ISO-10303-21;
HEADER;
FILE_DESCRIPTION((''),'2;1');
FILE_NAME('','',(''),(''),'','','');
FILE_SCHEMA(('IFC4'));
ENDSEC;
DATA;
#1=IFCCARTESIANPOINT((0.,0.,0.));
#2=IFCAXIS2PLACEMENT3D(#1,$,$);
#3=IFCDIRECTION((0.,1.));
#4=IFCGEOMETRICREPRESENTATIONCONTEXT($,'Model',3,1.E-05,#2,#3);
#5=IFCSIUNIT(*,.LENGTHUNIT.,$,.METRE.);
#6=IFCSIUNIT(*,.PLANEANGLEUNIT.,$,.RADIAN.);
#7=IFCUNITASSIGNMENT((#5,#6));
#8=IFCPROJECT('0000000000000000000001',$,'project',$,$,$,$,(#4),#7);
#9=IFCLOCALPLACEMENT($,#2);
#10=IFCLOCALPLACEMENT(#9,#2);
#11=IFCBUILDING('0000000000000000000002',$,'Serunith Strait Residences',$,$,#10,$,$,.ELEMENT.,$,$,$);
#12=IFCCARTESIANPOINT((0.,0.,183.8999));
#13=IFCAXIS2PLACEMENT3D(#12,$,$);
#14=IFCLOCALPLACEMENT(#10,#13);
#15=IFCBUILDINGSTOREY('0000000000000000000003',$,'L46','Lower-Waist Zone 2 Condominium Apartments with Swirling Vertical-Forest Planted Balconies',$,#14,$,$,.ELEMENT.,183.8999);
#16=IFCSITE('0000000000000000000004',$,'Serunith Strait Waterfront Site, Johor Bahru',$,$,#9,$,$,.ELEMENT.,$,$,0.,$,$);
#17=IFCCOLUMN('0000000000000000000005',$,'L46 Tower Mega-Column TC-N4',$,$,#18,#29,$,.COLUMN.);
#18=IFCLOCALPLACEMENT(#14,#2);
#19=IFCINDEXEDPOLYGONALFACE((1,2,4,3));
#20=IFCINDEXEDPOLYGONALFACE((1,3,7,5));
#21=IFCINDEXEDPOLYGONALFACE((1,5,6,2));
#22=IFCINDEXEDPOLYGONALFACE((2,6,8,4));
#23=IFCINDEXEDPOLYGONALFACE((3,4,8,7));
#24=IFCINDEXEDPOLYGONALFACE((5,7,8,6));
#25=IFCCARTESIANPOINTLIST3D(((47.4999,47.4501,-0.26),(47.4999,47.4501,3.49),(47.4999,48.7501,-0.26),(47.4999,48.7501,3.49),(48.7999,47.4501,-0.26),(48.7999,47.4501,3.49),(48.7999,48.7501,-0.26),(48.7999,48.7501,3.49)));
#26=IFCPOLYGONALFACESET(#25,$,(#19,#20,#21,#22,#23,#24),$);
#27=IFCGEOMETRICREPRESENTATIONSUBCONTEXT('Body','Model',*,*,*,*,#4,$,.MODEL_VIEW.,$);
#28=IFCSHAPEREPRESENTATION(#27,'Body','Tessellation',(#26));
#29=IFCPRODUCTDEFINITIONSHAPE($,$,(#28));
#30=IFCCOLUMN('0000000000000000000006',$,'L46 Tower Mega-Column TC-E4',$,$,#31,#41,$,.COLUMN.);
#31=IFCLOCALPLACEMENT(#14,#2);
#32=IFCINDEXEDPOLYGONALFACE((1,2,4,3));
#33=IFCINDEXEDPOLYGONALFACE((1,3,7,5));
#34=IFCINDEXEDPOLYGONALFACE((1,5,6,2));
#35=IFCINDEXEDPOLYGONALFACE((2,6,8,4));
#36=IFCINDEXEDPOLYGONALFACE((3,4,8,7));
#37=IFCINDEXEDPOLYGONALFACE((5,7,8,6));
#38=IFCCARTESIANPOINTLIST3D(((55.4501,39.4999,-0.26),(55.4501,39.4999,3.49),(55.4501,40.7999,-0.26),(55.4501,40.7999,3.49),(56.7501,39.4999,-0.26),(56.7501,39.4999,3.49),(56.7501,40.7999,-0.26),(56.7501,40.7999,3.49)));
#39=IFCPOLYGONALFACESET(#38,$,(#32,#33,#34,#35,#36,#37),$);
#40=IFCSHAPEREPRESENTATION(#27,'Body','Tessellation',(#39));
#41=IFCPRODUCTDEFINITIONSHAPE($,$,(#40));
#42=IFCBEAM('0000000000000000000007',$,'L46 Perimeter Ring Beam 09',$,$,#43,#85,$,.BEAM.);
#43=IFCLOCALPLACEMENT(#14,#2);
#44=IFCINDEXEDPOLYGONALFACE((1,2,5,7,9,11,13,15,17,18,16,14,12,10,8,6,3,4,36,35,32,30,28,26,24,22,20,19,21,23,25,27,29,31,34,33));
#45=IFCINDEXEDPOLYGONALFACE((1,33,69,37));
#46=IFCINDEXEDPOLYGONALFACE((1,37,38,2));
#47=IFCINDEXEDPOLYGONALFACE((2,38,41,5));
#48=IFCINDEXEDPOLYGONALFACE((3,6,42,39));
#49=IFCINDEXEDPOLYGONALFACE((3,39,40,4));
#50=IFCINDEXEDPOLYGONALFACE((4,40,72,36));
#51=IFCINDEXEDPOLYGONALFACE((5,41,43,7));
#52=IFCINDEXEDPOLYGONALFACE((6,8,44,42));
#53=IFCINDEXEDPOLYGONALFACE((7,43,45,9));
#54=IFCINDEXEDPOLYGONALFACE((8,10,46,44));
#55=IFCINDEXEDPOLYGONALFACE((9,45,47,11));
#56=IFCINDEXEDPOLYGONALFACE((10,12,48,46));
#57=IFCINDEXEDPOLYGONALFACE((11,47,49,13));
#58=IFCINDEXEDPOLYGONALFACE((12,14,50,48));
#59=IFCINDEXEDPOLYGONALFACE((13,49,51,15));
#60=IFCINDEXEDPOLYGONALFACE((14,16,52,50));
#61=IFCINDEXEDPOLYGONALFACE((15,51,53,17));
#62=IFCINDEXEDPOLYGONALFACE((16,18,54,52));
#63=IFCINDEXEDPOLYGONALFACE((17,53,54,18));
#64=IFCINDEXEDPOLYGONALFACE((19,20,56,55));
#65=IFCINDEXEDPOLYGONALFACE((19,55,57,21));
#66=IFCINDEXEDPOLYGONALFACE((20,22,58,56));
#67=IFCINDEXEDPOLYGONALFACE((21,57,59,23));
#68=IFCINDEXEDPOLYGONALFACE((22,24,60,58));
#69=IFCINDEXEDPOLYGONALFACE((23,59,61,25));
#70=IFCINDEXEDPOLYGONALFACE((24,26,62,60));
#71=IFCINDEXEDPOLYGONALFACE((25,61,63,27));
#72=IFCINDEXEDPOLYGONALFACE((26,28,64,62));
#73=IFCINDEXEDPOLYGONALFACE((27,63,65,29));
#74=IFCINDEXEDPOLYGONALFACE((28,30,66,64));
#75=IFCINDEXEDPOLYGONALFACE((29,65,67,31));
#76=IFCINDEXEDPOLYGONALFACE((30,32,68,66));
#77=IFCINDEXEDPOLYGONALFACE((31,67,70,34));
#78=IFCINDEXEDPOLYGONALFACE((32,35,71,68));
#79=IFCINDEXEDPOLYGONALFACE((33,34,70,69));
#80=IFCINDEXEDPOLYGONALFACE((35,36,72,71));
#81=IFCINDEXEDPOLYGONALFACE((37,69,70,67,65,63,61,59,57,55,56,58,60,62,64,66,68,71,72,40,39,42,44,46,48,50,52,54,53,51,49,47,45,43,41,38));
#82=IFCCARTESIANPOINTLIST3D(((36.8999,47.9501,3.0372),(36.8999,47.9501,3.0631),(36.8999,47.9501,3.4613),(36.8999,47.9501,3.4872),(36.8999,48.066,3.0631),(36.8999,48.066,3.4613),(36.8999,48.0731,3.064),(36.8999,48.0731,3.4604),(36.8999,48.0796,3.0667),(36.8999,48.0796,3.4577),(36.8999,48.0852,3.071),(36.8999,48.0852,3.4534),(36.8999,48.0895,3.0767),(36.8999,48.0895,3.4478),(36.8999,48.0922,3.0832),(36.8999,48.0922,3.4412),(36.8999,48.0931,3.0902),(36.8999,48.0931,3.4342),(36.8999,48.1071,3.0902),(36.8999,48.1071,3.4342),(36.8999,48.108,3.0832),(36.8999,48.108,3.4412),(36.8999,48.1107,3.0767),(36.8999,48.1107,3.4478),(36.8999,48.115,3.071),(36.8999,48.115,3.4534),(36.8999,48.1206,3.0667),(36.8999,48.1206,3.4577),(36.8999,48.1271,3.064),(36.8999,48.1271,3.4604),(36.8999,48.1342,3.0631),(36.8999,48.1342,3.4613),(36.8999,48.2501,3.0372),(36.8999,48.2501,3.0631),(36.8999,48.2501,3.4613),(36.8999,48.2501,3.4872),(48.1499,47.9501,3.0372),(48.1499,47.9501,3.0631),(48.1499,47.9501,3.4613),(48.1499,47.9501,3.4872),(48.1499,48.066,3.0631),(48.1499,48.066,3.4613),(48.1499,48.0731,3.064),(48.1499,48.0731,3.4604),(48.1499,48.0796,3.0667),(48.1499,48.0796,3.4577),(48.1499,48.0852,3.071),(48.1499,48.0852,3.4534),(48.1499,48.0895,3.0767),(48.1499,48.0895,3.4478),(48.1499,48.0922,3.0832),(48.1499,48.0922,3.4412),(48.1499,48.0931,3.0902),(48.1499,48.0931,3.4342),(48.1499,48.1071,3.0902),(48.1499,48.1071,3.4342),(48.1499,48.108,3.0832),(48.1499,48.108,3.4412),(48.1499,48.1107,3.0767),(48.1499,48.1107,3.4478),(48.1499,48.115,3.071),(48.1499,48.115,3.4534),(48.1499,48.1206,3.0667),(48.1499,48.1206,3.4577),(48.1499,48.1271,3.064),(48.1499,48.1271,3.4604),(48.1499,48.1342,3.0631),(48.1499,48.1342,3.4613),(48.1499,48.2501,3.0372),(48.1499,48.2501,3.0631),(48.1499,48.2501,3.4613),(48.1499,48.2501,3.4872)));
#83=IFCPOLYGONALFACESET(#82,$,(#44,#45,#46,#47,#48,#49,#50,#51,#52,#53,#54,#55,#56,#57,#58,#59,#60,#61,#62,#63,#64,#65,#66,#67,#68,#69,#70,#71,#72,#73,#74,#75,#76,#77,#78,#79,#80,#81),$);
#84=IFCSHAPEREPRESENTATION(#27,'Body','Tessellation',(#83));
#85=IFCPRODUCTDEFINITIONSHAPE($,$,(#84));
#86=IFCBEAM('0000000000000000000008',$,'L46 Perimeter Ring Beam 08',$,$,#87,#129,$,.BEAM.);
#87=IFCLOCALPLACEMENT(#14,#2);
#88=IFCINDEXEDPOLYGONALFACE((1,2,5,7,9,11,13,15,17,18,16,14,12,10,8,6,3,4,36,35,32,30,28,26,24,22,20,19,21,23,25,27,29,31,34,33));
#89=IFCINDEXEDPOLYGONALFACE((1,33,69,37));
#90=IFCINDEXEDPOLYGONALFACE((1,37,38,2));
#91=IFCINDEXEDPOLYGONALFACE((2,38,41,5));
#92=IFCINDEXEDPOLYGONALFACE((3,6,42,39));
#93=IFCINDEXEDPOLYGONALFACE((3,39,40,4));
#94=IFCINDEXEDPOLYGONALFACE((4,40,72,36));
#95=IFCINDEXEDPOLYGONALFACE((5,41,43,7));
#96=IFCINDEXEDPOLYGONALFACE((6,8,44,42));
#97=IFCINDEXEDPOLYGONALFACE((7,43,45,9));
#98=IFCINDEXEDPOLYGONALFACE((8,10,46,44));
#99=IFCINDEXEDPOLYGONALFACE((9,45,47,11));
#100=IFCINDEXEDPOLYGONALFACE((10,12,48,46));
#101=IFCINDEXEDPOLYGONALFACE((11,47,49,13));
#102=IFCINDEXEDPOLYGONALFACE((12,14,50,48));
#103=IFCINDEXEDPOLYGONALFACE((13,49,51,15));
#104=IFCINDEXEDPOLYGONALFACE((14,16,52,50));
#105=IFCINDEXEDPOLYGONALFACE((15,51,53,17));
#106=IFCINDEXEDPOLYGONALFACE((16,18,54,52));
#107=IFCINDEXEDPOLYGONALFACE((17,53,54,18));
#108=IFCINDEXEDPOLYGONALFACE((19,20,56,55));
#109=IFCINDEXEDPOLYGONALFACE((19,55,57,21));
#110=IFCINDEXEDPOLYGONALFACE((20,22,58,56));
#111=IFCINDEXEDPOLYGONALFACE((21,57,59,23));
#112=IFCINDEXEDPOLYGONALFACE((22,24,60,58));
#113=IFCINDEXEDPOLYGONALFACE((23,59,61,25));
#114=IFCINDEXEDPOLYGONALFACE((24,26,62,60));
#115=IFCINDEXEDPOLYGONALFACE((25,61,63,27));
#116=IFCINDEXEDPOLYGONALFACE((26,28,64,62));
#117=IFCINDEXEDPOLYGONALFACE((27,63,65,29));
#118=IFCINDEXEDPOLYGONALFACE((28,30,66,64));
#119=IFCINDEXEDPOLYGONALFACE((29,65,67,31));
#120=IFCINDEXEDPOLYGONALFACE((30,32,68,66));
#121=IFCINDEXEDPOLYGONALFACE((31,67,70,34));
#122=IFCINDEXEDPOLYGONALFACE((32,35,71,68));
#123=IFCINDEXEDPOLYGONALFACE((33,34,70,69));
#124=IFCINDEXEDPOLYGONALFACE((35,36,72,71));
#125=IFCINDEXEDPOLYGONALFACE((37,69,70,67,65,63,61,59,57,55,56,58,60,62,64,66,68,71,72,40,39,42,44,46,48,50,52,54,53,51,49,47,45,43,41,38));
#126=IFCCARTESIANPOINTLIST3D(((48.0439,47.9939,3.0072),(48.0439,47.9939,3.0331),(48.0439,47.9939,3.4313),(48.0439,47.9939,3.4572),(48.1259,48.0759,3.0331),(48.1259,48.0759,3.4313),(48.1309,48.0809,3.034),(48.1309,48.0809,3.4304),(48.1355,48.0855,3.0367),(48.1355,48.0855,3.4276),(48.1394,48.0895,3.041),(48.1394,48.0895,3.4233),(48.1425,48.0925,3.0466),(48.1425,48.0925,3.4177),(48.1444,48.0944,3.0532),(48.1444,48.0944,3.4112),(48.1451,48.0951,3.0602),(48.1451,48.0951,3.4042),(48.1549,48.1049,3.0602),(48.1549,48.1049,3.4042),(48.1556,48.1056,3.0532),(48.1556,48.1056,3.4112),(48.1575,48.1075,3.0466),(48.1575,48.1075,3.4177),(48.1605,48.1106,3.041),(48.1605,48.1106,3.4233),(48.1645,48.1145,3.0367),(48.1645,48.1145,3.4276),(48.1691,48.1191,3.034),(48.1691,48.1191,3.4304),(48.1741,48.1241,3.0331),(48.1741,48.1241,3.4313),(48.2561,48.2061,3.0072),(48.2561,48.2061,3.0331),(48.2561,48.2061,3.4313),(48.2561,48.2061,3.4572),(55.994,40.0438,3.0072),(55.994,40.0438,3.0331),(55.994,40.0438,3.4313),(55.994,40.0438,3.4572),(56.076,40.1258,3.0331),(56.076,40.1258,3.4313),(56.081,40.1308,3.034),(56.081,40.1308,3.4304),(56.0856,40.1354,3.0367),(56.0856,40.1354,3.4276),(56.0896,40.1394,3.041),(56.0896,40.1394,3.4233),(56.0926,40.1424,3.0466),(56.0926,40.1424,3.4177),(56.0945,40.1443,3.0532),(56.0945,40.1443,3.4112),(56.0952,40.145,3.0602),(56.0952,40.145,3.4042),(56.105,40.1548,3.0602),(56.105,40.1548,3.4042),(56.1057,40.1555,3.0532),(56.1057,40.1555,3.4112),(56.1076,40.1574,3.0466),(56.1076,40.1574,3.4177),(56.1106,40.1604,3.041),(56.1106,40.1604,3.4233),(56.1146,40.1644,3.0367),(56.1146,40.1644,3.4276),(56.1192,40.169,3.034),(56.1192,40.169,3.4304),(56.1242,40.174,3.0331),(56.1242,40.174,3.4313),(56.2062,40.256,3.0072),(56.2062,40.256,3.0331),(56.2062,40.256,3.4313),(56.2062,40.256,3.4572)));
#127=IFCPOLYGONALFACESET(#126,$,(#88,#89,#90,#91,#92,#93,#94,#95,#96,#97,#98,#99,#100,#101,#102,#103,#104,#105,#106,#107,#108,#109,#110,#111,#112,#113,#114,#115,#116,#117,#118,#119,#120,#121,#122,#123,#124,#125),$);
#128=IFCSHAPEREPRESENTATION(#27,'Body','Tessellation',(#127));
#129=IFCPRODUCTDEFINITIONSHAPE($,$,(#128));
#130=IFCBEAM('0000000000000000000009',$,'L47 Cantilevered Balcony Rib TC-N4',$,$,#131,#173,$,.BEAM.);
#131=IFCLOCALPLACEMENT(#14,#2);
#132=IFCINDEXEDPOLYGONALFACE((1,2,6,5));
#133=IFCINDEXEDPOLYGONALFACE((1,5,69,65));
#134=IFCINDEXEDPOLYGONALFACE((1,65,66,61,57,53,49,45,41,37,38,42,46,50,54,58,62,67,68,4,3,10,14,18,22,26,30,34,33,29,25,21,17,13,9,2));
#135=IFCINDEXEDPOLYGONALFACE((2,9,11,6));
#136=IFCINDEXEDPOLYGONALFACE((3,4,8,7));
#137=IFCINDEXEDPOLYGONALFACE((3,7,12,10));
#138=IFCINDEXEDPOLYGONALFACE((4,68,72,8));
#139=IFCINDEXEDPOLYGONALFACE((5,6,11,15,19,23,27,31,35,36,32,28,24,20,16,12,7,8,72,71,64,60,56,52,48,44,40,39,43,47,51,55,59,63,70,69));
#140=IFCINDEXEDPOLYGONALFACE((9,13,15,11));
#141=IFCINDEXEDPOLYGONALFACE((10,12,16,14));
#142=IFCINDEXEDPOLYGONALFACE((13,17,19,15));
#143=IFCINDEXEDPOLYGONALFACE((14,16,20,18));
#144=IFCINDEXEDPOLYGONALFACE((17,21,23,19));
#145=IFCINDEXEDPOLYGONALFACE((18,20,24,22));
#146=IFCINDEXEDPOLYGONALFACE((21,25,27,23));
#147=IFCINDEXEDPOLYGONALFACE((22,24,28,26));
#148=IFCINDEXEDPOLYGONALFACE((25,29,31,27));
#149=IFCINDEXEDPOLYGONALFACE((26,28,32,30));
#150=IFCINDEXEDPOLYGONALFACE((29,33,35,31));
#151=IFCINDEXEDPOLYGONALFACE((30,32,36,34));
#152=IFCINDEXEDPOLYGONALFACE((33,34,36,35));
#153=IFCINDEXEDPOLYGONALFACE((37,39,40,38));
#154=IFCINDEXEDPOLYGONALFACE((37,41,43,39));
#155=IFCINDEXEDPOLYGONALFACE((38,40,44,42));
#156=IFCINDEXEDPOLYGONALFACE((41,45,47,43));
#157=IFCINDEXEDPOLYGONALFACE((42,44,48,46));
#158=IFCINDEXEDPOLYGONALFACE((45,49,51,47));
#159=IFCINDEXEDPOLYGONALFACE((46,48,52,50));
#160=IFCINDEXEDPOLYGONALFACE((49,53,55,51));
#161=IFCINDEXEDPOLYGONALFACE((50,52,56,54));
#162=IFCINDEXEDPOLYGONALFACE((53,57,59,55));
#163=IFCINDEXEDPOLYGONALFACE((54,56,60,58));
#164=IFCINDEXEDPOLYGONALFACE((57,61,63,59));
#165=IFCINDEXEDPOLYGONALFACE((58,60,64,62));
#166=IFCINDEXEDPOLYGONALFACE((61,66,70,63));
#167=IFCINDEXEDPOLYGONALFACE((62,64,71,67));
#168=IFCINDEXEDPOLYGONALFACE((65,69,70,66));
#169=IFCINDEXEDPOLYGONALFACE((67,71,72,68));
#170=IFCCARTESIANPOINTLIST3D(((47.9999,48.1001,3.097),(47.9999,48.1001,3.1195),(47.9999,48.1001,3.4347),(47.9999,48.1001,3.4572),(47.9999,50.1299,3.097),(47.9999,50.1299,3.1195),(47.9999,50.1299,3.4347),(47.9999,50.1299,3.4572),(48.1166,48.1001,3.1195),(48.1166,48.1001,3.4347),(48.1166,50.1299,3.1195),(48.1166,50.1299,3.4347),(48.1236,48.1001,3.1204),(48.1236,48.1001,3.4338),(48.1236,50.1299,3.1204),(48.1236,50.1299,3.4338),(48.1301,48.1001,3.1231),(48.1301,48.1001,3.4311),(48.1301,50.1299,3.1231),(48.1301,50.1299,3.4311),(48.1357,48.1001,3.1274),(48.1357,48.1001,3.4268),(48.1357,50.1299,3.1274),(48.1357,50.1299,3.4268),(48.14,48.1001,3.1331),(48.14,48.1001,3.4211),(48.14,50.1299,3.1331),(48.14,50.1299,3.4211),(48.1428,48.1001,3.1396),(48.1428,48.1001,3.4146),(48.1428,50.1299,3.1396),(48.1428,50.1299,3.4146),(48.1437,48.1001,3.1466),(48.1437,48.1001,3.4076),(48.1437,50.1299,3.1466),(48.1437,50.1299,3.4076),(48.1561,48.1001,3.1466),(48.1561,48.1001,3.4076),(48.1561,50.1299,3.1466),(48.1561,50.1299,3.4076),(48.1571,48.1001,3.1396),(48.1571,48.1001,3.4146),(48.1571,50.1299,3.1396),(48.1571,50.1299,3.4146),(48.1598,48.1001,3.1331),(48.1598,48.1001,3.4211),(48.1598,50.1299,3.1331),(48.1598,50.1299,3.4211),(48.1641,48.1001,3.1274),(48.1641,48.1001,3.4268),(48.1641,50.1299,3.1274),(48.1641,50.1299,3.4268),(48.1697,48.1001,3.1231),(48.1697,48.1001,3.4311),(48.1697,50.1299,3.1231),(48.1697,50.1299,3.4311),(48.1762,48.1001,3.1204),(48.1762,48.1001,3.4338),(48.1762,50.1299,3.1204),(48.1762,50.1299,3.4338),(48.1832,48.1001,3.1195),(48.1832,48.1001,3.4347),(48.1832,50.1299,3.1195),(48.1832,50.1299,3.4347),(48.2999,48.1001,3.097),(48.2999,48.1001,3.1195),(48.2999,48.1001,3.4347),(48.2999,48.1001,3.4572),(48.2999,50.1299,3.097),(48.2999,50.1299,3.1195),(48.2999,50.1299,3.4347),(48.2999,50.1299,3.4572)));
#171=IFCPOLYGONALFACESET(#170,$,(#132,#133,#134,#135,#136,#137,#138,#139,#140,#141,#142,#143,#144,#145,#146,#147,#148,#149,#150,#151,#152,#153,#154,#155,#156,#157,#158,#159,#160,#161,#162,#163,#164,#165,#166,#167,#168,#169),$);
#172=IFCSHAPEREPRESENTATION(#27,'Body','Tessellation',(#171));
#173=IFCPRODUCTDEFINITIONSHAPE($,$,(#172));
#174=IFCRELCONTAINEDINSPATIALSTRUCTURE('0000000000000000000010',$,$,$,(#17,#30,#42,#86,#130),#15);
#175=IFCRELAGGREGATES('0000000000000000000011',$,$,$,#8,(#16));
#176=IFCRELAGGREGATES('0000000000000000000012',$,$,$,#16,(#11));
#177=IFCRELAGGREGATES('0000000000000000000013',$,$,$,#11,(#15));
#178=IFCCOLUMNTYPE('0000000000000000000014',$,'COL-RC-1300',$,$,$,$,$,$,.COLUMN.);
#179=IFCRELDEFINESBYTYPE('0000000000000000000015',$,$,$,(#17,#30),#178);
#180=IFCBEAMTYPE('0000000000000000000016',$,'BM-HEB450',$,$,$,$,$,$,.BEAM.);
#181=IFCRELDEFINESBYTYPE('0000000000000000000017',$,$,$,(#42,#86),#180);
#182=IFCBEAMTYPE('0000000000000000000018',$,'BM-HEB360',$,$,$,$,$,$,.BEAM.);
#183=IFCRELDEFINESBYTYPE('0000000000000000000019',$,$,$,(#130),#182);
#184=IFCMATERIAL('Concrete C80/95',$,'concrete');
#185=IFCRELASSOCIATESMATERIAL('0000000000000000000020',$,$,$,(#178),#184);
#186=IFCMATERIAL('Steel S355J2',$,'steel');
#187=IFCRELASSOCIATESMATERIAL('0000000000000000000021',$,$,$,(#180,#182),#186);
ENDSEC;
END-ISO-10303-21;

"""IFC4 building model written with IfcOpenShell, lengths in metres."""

from ifc_helpers import new_model, si_unit, direction, frame, origin, origin_2d, place, context, subcontext, project, spatial, rectangle, i_section, extrude, source, transform, mapped, material, material_profile, profile_set, type_object, element, save


model = new_model("IFC4")

# Units and contexts
model_context = context("Model", 3, precision=1e-05, world=origin(), true_north=direction((0.0, 1.0)))
body_context = subcontext(model_context, "Body", "Model", "MODEL_VIEW")
ifc_project = project(units=[si_unit("LENGTHUNIT", "METRE"), si_unit("PLANEANGLEUNIT", "RADIAN")], contexts=[model_context])

# Site, building, storey
site_placement = place(None, origin())
site = spatial("IfcSite", under=ifc_project, at=site_placement, Name="Serunith Strait Waterfront Site, Johor Bahru", CompositionType="ELEMENT", RefElevation=0.0)
building_placement = place(site_placement, origin())
building = spatial("IfcBuilding", under=site, at=building_placement, Name="Serunith Strait Residences", CompositionType="ELEMENT")
storey_placement = place(building_placement, frame((0.0, 0.0, 183.8999)))
storey = spatial("IfcBuildingStorey", under=building, at=storey_placement, Name="L46", Description="Lower-Waist Zone 2 Condominium Apartments with Swirling Vertical-Forest Planted Balconies", CompositionType="ELEMENT", Elevation=183.8999)

# Columns
ifc_material_1 = material(Name="Concrete C80/95", Category="concrete")
ifc_material_profile_1 = material_profile(ifc_material_1, rectangle(XDim=1.3, YDim=1.3, at=origin_2d()), Name="RC 1300x1300")
ifc_profile_set_1 = profile_set([ifc_material_profile_1], Name="Concrete C80/95")
column_type = type_object("IfcColumnType", Name="COL-RC-1300", PredefinedType="COLUMN", material=ifc_profile_set_1)
shared_shape_1 = source(origin(), body_context, "Body", "SweptSolid", [
    extrude(rectangle(XDim=1.3, YDim=1.3, at=origin_2d()), origin(), (0.0, 0.0, 1.0), 3.75),
])
for number, where, z_axis, x_axis, name in (
    (1, (48.1499, 48.1001, -0.26), (0.0, 0.0, 1.0), (1.0, 0.0, 0.0), "L46 Tower Mega-Column TC-N4"),
    (2, (56.1001, 40.1499, -0.26), (0.0, 0.0, 1.0), (1.0, 0.0, 0.0), "L46 Tower Mega-Column TC-E4"),
):
    element("IfcColumn", number, at=place(storey_placement, frame(where, z_axis=z_axis, x_axis=x_axis)), inside=storey, type_object=column_type, Name=name, PredefinedType="COLUMN", context=body_context, shape_type="MappedRepresentation", body=[
        mapped(shared_shape_1, transform((0.0, 0.0, 0.0), scale=1.0)),
    ])

# Beams
ifc_material_2 = material(Name="Steel S355J2", Category="steel")
ifc_material_profile_2 = material_profile(ifc_material_2, i_section(OverallWidth=0.3, OverallDepth=0.45, WebThickness=0.0139, FlangeThickness=0.0259, FilletRadius=0.0271, at=origin_2d()), Name="HEB 450")
ifc_profile_set_2 = profile_set([ifc_material_profile_2], Name="Steel S355J2")
beam_type_1 = type_object("IfcBeamType", Name="BM-HEB450", PredefinedType="BEAM", material=ifc_profile_set_2)
shared_shape_2 = source(origin(), body_context, "Body", "SweptSolid", [
    extrude(i_section(OverallWidth=0.3, OverallDepth=0.45, WebThickness=0.0139, FlangeThickness=0.0259, FilletRadius=0.0271, at=origin_2d()), origin(), (0.0, 0.0, 1.0), 11.25),
])
beam_1_placement = place(storey_placement, frame((48.1499, 48.1001, 3.2622), z_axis=(-1.0, 0.0, 0.0), x_axis=(0.0, -1.0, 0.0)))
element("IfcBeam", 3, at=beam_1_placement, inside=storey, type_object=beam_type_1, Name="L46 Perimeter Ring Beam 09", PredefinedType="BEAM", context=body_context, shape_type="MappedRepresentation", body=[
    mapped(shared_shape_2, transform((0.0, 0.0, 0.0), scale=1.0)),
])
shared_shape_3 = source(origin(), body_context, "Body", "SweptSolid", [
    extrude(i_section(OverallWidth=0.3, OverallDepth=0.45, WebThickness=0.0139, FlangeThickness=0.0259, FilletRadius=0.0271, at=origin_2d()), origin(), (0.0, 0.0, 1.0), 11.2432),
])
beam_2_placement = place(storey_placement, frame((56.1001, 40.1499, 3.2322), z_axis=(-0.707107, 0.707107, 0.0), x_axis=(-0.707107, -0.707107, 0.0)))
element("IfcBeam", 4, at=beam_2_placement, inside=storey, type_object=beam_type_1, Name="L46 Perimeter Ring Beam 08", PredefinedType="BEAM", context=body_context, shape_type="MappedRepresentation", body=[
    mapped(shared_shape_3, transform((0.0, 0.0, 0.0), scale=1.0)),
])
ifc_material_profile_3 = material_profile(ifc_material_2, i_section(OverallWidth=0.3, OverallDepth=0.3601, WebThickness=0.0125, FlangeThickness=0.0225, FilletRadius=0.0271, at=origin_2d()), Name="HEB 360")
ifc_profile_set_3 = profile_set([ifc_material_profile_3], Name="Steel S355J2")
beam_type_2 = type_object("IfcBeamType", Name="BM-HEB360", PredefinedType="BEAM", material=ifc_profile_set_3)
shared_shape_4 = source(origin(), body_context, "Body", "SweptSolid", [
    extrude(i_section(OverallWidth=0.3, OverallDepth=0.3601, WebThickness=0.0125, FlangeThickness=0.0225, FilletRadius=0.0271, at=origin_2d()), origin(), (0.0, 0.0, 1.0), 2.0298),
])
for number, where, z_axis, x_axis, name in (
    (5, (48.1499, 48.1001, 3.2771), (0.0, 1.0, 0.0), (-1.0, 0.0, 0.0), "L47 Cantilevered Balcony Rib TC-N4"),
):
    element("IfcBeam", number, at=place(storey_placement, frame(where, z_axis=z_axis, x_axis=x_axis)), inside=storey, type_object=beam_type_2, Name=name, PredefinedType="BEAM", context=body_context, shape_type="MappedRepresentation", body=[
        mapped(shared_shape_4, transform((0.0, 0.0, 0.0), scale=1.0)),
    ])

save(model, "model.ifc")
